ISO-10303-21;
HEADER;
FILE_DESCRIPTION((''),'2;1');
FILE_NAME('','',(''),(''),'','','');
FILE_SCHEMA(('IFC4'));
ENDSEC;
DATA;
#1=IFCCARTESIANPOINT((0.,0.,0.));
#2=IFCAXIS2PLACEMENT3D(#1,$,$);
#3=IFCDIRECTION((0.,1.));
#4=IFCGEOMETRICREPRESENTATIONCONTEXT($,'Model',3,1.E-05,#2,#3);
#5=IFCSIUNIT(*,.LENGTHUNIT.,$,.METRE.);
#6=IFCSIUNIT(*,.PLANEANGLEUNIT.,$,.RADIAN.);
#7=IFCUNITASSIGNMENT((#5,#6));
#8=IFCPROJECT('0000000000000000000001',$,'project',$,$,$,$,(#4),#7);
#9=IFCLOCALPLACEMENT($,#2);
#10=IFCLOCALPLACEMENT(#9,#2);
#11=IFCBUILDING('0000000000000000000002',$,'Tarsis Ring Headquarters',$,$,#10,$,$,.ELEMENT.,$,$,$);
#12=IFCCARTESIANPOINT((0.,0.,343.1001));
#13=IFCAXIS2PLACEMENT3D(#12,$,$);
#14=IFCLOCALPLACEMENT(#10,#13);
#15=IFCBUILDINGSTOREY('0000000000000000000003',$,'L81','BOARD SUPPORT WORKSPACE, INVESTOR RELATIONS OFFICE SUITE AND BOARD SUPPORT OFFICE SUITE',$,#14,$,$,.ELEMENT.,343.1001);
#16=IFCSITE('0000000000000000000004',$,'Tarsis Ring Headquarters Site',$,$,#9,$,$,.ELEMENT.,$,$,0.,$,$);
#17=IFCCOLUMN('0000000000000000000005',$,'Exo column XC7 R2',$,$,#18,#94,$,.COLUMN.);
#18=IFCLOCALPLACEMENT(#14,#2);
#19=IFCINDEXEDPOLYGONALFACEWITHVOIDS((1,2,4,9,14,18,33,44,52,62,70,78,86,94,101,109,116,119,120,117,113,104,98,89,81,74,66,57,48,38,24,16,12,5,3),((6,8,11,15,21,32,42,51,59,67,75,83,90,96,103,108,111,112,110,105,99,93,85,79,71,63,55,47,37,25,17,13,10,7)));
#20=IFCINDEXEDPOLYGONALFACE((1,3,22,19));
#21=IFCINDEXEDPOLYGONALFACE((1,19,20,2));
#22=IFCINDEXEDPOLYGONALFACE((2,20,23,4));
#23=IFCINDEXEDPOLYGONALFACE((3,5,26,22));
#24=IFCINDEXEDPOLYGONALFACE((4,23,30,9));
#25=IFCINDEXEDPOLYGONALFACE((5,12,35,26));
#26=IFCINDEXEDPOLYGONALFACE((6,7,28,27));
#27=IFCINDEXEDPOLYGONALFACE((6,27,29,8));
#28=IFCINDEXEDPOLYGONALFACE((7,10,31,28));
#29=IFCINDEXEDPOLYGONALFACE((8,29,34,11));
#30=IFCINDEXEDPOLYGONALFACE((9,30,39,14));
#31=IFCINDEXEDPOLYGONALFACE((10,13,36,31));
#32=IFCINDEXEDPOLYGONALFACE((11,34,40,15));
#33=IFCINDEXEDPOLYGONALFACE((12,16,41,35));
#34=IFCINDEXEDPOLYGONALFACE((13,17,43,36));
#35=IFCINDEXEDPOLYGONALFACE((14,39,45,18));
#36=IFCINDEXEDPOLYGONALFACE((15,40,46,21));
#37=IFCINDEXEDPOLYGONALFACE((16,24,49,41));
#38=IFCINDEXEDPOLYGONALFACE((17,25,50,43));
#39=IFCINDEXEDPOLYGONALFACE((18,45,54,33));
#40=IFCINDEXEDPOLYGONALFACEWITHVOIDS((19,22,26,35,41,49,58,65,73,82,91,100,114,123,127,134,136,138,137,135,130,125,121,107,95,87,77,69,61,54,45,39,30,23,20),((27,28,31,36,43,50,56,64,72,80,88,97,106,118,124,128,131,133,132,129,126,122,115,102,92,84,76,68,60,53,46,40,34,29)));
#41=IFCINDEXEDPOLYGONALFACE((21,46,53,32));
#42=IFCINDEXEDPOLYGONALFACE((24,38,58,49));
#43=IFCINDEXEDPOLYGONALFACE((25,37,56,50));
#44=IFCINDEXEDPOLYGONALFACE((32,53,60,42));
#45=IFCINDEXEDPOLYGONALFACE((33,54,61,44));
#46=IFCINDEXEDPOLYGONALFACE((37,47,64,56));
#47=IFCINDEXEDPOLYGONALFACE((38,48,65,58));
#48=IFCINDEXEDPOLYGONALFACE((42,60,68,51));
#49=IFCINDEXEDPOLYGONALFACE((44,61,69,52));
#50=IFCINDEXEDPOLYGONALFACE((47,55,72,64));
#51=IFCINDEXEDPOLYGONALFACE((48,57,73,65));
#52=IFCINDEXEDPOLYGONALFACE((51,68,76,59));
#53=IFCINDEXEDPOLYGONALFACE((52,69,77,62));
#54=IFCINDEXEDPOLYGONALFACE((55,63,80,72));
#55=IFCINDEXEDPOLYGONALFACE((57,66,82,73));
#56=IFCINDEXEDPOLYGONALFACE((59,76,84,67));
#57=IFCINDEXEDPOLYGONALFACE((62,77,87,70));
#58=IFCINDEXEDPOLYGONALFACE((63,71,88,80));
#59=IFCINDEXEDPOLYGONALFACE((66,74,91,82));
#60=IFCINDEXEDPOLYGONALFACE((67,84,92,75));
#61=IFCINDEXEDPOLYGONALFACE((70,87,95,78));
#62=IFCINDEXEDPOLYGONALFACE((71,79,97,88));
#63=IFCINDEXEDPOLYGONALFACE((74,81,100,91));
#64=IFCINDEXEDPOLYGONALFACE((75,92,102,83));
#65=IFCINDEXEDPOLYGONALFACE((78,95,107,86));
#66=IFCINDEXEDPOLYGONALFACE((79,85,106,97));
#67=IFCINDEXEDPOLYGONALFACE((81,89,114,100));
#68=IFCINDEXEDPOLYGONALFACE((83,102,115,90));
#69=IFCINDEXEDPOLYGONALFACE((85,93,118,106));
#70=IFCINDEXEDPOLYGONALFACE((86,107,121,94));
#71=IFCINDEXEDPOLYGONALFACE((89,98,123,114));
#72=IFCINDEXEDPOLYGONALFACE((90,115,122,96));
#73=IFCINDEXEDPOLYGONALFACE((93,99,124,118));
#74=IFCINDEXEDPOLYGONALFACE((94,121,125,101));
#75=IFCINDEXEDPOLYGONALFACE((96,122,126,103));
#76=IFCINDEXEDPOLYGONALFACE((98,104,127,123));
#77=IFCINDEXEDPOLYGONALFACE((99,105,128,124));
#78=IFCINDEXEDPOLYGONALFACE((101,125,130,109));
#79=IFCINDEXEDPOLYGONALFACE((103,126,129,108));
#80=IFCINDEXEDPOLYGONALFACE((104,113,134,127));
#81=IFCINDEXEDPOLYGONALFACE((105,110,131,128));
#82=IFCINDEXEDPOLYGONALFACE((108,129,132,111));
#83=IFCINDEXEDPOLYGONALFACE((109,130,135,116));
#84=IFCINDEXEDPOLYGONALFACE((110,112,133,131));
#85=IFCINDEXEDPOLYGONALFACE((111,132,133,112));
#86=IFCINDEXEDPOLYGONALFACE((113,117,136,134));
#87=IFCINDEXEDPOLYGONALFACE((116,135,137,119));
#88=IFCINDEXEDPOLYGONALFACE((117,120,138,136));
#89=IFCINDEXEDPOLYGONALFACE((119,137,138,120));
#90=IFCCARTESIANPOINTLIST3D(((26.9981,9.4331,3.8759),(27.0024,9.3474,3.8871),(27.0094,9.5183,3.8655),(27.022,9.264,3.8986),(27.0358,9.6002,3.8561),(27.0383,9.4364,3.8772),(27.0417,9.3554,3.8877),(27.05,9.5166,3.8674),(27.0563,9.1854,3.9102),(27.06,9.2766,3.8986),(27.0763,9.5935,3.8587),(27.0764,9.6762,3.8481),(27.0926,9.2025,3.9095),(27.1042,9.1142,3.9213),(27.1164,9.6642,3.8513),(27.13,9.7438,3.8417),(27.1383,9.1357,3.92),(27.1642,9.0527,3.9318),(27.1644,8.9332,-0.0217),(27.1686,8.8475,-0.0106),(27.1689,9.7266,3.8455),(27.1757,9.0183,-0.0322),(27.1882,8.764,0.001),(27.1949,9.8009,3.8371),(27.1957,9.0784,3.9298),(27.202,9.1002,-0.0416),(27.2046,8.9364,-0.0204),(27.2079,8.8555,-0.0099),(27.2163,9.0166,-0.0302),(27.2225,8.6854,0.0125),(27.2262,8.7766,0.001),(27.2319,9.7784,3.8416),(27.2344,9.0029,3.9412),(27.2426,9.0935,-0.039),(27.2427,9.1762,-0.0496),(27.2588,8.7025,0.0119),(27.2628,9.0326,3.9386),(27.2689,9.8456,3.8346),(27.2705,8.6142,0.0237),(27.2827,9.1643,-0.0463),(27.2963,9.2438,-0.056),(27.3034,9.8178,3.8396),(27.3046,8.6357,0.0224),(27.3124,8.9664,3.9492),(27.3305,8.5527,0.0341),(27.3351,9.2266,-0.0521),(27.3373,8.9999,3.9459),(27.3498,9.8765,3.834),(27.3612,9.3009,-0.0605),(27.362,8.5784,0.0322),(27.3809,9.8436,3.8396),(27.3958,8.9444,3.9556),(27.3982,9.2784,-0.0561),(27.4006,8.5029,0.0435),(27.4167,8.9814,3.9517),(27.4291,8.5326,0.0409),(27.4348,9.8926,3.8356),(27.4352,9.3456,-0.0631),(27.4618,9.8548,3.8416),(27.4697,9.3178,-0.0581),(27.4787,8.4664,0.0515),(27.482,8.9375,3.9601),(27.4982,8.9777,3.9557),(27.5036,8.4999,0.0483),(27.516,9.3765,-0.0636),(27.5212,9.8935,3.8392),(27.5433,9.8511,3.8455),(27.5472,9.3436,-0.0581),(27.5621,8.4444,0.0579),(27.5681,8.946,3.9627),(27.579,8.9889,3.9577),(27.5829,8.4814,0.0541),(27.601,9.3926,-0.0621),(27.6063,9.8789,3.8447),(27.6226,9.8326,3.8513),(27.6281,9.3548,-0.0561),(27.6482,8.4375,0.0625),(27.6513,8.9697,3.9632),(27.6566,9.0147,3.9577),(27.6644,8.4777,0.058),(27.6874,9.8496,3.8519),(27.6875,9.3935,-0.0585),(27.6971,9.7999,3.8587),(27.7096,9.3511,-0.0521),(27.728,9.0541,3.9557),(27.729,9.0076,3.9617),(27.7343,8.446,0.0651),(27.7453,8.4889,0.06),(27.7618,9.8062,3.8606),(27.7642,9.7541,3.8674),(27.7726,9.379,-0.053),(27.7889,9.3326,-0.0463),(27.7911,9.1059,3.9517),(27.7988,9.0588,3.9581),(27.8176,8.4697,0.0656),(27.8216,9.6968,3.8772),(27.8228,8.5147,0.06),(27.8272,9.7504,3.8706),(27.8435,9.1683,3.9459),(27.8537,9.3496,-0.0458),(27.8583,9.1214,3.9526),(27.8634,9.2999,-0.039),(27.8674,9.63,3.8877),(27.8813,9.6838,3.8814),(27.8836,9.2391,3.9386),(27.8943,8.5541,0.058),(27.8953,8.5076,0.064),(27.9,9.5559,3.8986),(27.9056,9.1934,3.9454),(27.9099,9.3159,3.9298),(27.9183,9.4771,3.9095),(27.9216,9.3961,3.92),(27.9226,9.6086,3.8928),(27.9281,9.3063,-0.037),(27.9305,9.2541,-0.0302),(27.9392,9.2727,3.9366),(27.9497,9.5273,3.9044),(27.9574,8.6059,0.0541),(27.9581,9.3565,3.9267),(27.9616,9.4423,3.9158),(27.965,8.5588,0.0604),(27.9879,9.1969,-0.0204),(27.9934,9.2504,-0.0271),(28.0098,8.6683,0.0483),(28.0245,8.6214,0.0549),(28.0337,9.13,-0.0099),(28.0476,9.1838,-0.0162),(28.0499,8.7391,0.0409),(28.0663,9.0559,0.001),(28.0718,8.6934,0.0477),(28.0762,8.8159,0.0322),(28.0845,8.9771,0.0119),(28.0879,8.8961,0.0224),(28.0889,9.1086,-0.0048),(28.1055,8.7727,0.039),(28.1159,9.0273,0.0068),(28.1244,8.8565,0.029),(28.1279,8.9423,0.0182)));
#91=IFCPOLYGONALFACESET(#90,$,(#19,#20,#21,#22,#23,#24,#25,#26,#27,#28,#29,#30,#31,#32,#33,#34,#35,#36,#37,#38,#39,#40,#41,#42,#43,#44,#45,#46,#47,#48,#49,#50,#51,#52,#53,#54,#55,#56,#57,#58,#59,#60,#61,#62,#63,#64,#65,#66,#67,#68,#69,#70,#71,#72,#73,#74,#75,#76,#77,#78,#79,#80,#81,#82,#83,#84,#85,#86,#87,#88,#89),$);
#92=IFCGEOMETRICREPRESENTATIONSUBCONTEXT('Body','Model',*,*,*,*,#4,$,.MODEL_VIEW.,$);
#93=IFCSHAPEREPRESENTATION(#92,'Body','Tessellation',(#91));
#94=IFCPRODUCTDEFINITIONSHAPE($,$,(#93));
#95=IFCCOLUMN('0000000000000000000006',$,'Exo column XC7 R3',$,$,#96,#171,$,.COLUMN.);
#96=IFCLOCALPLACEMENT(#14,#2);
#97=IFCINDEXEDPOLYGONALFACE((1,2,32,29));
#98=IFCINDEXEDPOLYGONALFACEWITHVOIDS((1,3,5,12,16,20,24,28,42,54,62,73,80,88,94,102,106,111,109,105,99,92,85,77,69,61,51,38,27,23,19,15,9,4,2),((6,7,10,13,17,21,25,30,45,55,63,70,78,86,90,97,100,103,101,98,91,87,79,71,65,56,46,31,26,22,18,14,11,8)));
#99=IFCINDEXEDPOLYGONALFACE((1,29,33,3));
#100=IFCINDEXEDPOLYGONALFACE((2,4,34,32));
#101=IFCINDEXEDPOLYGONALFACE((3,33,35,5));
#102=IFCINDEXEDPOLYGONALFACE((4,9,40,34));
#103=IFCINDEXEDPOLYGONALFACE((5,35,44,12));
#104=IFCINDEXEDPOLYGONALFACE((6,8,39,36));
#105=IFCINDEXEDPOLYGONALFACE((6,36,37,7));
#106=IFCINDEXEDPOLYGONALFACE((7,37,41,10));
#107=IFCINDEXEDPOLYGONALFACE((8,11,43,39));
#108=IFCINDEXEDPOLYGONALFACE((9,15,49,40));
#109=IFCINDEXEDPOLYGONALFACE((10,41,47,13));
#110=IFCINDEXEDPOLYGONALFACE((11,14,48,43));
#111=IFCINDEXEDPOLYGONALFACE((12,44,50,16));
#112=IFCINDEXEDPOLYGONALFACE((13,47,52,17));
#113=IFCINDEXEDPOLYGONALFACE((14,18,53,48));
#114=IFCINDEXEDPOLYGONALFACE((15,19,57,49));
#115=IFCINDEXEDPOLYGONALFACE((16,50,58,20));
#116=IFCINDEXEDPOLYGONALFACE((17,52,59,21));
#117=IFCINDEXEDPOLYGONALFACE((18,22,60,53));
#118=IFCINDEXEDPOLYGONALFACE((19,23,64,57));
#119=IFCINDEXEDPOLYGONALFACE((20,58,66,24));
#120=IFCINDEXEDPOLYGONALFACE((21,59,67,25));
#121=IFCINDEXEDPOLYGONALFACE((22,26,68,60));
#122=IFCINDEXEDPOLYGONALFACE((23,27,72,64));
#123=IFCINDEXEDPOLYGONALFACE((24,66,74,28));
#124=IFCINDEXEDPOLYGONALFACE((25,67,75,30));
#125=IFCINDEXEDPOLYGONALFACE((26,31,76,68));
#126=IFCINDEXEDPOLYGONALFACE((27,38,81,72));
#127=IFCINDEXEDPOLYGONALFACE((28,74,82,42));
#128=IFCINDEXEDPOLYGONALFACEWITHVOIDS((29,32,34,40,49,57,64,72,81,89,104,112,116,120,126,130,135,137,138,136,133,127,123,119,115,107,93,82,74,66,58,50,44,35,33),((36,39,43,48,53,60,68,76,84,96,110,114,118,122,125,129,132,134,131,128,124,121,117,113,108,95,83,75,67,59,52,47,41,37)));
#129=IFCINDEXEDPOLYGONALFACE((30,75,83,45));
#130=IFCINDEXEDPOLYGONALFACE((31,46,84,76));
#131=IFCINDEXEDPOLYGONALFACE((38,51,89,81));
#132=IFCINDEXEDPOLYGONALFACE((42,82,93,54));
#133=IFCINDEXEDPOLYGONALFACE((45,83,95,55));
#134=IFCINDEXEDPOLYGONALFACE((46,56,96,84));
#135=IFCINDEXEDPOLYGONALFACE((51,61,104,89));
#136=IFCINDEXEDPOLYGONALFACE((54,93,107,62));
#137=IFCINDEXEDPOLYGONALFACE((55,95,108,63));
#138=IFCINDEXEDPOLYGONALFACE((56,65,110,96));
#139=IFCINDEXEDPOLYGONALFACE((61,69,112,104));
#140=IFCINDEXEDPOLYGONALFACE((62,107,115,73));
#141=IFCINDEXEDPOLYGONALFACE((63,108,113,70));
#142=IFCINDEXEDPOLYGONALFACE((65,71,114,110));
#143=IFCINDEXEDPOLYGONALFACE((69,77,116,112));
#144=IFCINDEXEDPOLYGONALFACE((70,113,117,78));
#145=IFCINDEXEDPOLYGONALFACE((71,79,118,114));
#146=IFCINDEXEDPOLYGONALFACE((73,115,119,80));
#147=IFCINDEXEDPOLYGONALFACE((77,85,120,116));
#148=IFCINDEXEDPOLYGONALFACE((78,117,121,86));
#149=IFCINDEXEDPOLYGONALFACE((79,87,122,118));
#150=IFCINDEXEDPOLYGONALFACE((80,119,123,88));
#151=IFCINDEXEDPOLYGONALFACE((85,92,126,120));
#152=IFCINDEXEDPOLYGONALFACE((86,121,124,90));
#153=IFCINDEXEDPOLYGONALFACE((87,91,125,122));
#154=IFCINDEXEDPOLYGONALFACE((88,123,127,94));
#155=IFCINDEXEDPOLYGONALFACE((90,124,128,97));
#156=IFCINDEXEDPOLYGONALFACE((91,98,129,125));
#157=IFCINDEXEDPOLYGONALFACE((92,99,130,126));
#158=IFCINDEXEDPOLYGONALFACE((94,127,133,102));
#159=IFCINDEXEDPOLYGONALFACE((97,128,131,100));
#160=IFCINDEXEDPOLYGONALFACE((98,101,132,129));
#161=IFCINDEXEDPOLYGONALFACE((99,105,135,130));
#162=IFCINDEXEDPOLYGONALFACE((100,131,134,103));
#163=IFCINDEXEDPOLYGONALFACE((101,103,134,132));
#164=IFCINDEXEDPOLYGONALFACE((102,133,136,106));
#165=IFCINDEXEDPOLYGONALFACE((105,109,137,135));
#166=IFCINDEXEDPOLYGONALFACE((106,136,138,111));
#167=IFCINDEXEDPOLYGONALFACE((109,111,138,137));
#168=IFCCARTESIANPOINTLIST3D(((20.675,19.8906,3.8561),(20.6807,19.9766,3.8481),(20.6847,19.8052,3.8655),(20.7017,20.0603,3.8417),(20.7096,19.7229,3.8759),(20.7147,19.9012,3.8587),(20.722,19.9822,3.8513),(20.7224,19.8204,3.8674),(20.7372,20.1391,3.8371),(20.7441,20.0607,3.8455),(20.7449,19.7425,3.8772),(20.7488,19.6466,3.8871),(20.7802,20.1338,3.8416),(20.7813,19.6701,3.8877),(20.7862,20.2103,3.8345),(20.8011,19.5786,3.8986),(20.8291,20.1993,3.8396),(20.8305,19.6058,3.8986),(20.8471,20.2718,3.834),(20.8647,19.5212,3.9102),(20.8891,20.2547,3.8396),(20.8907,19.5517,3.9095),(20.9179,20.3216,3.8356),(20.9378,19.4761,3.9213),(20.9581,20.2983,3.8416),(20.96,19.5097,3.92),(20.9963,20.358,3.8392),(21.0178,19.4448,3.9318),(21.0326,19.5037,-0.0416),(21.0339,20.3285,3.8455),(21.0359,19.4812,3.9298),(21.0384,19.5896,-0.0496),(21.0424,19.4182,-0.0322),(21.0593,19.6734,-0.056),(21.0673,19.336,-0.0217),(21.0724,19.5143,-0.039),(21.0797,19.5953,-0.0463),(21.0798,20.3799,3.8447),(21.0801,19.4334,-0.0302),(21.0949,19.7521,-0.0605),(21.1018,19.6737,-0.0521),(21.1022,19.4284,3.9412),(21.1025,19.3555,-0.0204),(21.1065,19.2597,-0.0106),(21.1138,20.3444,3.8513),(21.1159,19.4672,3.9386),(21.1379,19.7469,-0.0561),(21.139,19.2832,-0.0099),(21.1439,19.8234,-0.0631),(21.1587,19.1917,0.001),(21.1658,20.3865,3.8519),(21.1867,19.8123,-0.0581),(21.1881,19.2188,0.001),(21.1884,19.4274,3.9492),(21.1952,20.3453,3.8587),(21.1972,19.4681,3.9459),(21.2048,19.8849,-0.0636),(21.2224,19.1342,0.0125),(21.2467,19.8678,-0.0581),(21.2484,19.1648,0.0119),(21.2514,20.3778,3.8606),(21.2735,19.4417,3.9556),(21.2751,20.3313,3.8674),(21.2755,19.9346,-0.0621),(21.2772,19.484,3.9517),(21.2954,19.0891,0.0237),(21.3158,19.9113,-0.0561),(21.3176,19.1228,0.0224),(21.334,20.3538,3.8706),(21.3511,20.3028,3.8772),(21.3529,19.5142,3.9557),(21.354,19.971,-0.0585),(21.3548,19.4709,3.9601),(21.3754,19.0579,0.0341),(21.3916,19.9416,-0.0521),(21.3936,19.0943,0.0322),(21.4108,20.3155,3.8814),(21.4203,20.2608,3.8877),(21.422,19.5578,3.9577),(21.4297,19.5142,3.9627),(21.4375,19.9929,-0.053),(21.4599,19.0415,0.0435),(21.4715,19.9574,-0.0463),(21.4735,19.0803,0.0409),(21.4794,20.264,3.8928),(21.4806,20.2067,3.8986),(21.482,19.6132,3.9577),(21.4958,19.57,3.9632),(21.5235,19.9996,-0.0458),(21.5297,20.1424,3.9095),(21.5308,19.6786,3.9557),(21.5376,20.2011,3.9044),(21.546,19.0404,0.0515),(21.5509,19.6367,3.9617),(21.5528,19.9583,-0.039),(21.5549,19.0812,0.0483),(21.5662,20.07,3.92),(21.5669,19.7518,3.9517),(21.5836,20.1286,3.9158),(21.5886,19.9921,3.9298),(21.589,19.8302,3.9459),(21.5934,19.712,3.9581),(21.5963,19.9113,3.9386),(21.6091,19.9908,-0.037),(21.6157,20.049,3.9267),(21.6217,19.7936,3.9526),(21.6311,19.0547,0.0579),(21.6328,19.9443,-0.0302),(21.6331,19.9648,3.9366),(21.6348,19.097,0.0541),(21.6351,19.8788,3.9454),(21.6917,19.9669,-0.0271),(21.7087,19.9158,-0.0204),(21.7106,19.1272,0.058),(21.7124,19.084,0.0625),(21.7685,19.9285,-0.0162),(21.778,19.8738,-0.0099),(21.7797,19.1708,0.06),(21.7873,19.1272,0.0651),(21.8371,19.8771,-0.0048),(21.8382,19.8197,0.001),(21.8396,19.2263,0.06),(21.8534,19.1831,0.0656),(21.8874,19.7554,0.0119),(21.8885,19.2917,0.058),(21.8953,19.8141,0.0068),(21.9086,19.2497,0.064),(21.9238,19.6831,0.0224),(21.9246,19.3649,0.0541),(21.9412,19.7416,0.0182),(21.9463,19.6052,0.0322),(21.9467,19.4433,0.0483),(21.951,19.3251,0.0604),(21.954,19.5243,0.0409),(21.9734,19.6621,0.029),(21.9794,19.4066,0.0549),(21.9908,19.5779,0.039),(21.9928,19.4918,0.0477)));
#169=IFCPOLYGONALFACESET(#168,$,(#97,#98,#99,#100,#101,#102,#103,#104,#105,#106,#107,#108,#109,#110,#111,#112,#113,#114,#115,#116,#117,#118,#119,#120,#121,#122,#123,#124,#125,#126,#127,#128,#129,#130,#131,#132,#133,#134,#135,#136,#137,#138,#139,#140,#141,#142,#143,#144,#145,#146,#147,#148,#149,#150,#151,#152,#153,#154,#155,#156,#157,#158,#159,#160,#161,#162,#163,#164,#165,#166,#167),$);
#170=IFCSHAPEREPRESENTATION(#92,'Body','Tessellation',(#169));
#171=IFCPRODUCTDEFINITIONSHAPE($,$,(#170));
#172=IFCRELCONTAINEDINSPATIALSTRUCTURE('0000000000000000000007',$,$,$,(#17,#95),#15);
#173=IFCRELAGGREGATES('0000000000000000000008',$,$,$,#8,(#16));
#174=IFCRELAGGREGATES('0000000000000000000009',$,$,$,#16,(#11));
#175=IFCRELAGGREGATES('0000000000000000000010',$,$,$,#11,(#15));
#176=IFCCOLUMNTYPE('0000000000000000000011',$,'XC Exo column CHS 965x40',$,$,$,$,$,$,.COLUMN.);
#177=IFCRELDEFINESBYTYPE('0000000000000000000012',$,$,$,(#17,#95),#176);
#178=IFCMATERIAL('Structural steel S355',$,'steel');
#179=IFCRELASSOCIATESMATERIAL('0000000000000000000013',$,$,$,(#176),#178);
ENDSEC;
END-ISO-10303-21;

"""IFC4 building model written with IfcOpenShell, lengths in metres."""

from ifc_helpers import new_model, si_unit, direction, frame, origin, origin_2d, place, context, subcontext, project, spatial, hollow_circle, extrude, material, material_profile, profile_set, type_object, element, save


model = new_model("IFC4")

# Units and contexts
model_context = context("Model", 3, precision=1e-05, world=origin(), true_north=direction((0.0, 1.0)))
body_context = subcontext(model_context, "Body", "Model", "MODEL_VIEW")
ifc_project = project(units=[si_unit("LENGTHUNIT", "METRE"), si_unit("PLANEANGLEUNIT", "RADIAN")], contexts=[model_context])

# Site, building, storey
site_placement = place(None, origin())
site = spatial("IfcSite", under=ifc_project, at=site_placement, Name="Tarsis Ring Headquarters Site", CompositionType="ELEMENT", RefElevation=0.0)
building_placement = place(site_placement, origin())
building = spatial("IfcBuilding", under=site, at=building_placement, Name="Tarsis Ring Headquarters", CompositionType="ELEMENT")
storey_placement = place(building_placement, frame((0.0, 0.0, 343.1001)))
storey = spatial("IfcBuildingStorey", under=building, at=storey_placement, Name="L81", Description="BOARD SUPPORT WORKSPACE, INVESTOR RELATIONS OFFICE SUITE AND BOARD SUPPORT OFFICE SUITE", CompositionType="ELEMENT", Elevation=343.1001)

# Columns
ifc_material_1 = material(Name="Structural steel S355", Category="steel")
ifc_material_profile_1 = material_profile(ifc_material_1, hollow_circle(Radius=0.4827, WallThickness=0.04, at=origin_2d()), Name="CHS 965x40")
ifc_profile_set_1 = profile_set([ifc_material_profile_1], Name="Structural steel S355")
column_type = type_object("IfcColumnType", Name="XC Exo column CHS 965x40", PredefinedType="COLUMN", material=ifc_profile_set_1)
for number, where, z_axis, x_axis, name in (
    (1, (27.6462, 8.9163, 0.001), (-0.042271, 0.127124, 0.990986), (-0.948915, -0.315533, 0.0), "Exo column XC7 R2"),
    (2, (21.5132, 19.5193, 0.001), (-0.090936, 0.098385, 0.990985), (-0.734359, -0.678761, 0.0), "Exo column XC7 R3"),
):
    element("IfcColumn", number, at=place(storey_placement, frame(where, z_axis=z_axis, x_axis=x_axis)), inside=storey, type_object=column_type, Name=name, PredefinedType="COLUMN", context=body_context, shape_type="SweptSolid", body=[
        extrude(hollow_circle(Radius=0.4827, WallThickness=0.04, at=origin_2d()), origin(), (0.0, 0.0, 1.0), 3.9331),
    ])

save(model, "model.ifc")
